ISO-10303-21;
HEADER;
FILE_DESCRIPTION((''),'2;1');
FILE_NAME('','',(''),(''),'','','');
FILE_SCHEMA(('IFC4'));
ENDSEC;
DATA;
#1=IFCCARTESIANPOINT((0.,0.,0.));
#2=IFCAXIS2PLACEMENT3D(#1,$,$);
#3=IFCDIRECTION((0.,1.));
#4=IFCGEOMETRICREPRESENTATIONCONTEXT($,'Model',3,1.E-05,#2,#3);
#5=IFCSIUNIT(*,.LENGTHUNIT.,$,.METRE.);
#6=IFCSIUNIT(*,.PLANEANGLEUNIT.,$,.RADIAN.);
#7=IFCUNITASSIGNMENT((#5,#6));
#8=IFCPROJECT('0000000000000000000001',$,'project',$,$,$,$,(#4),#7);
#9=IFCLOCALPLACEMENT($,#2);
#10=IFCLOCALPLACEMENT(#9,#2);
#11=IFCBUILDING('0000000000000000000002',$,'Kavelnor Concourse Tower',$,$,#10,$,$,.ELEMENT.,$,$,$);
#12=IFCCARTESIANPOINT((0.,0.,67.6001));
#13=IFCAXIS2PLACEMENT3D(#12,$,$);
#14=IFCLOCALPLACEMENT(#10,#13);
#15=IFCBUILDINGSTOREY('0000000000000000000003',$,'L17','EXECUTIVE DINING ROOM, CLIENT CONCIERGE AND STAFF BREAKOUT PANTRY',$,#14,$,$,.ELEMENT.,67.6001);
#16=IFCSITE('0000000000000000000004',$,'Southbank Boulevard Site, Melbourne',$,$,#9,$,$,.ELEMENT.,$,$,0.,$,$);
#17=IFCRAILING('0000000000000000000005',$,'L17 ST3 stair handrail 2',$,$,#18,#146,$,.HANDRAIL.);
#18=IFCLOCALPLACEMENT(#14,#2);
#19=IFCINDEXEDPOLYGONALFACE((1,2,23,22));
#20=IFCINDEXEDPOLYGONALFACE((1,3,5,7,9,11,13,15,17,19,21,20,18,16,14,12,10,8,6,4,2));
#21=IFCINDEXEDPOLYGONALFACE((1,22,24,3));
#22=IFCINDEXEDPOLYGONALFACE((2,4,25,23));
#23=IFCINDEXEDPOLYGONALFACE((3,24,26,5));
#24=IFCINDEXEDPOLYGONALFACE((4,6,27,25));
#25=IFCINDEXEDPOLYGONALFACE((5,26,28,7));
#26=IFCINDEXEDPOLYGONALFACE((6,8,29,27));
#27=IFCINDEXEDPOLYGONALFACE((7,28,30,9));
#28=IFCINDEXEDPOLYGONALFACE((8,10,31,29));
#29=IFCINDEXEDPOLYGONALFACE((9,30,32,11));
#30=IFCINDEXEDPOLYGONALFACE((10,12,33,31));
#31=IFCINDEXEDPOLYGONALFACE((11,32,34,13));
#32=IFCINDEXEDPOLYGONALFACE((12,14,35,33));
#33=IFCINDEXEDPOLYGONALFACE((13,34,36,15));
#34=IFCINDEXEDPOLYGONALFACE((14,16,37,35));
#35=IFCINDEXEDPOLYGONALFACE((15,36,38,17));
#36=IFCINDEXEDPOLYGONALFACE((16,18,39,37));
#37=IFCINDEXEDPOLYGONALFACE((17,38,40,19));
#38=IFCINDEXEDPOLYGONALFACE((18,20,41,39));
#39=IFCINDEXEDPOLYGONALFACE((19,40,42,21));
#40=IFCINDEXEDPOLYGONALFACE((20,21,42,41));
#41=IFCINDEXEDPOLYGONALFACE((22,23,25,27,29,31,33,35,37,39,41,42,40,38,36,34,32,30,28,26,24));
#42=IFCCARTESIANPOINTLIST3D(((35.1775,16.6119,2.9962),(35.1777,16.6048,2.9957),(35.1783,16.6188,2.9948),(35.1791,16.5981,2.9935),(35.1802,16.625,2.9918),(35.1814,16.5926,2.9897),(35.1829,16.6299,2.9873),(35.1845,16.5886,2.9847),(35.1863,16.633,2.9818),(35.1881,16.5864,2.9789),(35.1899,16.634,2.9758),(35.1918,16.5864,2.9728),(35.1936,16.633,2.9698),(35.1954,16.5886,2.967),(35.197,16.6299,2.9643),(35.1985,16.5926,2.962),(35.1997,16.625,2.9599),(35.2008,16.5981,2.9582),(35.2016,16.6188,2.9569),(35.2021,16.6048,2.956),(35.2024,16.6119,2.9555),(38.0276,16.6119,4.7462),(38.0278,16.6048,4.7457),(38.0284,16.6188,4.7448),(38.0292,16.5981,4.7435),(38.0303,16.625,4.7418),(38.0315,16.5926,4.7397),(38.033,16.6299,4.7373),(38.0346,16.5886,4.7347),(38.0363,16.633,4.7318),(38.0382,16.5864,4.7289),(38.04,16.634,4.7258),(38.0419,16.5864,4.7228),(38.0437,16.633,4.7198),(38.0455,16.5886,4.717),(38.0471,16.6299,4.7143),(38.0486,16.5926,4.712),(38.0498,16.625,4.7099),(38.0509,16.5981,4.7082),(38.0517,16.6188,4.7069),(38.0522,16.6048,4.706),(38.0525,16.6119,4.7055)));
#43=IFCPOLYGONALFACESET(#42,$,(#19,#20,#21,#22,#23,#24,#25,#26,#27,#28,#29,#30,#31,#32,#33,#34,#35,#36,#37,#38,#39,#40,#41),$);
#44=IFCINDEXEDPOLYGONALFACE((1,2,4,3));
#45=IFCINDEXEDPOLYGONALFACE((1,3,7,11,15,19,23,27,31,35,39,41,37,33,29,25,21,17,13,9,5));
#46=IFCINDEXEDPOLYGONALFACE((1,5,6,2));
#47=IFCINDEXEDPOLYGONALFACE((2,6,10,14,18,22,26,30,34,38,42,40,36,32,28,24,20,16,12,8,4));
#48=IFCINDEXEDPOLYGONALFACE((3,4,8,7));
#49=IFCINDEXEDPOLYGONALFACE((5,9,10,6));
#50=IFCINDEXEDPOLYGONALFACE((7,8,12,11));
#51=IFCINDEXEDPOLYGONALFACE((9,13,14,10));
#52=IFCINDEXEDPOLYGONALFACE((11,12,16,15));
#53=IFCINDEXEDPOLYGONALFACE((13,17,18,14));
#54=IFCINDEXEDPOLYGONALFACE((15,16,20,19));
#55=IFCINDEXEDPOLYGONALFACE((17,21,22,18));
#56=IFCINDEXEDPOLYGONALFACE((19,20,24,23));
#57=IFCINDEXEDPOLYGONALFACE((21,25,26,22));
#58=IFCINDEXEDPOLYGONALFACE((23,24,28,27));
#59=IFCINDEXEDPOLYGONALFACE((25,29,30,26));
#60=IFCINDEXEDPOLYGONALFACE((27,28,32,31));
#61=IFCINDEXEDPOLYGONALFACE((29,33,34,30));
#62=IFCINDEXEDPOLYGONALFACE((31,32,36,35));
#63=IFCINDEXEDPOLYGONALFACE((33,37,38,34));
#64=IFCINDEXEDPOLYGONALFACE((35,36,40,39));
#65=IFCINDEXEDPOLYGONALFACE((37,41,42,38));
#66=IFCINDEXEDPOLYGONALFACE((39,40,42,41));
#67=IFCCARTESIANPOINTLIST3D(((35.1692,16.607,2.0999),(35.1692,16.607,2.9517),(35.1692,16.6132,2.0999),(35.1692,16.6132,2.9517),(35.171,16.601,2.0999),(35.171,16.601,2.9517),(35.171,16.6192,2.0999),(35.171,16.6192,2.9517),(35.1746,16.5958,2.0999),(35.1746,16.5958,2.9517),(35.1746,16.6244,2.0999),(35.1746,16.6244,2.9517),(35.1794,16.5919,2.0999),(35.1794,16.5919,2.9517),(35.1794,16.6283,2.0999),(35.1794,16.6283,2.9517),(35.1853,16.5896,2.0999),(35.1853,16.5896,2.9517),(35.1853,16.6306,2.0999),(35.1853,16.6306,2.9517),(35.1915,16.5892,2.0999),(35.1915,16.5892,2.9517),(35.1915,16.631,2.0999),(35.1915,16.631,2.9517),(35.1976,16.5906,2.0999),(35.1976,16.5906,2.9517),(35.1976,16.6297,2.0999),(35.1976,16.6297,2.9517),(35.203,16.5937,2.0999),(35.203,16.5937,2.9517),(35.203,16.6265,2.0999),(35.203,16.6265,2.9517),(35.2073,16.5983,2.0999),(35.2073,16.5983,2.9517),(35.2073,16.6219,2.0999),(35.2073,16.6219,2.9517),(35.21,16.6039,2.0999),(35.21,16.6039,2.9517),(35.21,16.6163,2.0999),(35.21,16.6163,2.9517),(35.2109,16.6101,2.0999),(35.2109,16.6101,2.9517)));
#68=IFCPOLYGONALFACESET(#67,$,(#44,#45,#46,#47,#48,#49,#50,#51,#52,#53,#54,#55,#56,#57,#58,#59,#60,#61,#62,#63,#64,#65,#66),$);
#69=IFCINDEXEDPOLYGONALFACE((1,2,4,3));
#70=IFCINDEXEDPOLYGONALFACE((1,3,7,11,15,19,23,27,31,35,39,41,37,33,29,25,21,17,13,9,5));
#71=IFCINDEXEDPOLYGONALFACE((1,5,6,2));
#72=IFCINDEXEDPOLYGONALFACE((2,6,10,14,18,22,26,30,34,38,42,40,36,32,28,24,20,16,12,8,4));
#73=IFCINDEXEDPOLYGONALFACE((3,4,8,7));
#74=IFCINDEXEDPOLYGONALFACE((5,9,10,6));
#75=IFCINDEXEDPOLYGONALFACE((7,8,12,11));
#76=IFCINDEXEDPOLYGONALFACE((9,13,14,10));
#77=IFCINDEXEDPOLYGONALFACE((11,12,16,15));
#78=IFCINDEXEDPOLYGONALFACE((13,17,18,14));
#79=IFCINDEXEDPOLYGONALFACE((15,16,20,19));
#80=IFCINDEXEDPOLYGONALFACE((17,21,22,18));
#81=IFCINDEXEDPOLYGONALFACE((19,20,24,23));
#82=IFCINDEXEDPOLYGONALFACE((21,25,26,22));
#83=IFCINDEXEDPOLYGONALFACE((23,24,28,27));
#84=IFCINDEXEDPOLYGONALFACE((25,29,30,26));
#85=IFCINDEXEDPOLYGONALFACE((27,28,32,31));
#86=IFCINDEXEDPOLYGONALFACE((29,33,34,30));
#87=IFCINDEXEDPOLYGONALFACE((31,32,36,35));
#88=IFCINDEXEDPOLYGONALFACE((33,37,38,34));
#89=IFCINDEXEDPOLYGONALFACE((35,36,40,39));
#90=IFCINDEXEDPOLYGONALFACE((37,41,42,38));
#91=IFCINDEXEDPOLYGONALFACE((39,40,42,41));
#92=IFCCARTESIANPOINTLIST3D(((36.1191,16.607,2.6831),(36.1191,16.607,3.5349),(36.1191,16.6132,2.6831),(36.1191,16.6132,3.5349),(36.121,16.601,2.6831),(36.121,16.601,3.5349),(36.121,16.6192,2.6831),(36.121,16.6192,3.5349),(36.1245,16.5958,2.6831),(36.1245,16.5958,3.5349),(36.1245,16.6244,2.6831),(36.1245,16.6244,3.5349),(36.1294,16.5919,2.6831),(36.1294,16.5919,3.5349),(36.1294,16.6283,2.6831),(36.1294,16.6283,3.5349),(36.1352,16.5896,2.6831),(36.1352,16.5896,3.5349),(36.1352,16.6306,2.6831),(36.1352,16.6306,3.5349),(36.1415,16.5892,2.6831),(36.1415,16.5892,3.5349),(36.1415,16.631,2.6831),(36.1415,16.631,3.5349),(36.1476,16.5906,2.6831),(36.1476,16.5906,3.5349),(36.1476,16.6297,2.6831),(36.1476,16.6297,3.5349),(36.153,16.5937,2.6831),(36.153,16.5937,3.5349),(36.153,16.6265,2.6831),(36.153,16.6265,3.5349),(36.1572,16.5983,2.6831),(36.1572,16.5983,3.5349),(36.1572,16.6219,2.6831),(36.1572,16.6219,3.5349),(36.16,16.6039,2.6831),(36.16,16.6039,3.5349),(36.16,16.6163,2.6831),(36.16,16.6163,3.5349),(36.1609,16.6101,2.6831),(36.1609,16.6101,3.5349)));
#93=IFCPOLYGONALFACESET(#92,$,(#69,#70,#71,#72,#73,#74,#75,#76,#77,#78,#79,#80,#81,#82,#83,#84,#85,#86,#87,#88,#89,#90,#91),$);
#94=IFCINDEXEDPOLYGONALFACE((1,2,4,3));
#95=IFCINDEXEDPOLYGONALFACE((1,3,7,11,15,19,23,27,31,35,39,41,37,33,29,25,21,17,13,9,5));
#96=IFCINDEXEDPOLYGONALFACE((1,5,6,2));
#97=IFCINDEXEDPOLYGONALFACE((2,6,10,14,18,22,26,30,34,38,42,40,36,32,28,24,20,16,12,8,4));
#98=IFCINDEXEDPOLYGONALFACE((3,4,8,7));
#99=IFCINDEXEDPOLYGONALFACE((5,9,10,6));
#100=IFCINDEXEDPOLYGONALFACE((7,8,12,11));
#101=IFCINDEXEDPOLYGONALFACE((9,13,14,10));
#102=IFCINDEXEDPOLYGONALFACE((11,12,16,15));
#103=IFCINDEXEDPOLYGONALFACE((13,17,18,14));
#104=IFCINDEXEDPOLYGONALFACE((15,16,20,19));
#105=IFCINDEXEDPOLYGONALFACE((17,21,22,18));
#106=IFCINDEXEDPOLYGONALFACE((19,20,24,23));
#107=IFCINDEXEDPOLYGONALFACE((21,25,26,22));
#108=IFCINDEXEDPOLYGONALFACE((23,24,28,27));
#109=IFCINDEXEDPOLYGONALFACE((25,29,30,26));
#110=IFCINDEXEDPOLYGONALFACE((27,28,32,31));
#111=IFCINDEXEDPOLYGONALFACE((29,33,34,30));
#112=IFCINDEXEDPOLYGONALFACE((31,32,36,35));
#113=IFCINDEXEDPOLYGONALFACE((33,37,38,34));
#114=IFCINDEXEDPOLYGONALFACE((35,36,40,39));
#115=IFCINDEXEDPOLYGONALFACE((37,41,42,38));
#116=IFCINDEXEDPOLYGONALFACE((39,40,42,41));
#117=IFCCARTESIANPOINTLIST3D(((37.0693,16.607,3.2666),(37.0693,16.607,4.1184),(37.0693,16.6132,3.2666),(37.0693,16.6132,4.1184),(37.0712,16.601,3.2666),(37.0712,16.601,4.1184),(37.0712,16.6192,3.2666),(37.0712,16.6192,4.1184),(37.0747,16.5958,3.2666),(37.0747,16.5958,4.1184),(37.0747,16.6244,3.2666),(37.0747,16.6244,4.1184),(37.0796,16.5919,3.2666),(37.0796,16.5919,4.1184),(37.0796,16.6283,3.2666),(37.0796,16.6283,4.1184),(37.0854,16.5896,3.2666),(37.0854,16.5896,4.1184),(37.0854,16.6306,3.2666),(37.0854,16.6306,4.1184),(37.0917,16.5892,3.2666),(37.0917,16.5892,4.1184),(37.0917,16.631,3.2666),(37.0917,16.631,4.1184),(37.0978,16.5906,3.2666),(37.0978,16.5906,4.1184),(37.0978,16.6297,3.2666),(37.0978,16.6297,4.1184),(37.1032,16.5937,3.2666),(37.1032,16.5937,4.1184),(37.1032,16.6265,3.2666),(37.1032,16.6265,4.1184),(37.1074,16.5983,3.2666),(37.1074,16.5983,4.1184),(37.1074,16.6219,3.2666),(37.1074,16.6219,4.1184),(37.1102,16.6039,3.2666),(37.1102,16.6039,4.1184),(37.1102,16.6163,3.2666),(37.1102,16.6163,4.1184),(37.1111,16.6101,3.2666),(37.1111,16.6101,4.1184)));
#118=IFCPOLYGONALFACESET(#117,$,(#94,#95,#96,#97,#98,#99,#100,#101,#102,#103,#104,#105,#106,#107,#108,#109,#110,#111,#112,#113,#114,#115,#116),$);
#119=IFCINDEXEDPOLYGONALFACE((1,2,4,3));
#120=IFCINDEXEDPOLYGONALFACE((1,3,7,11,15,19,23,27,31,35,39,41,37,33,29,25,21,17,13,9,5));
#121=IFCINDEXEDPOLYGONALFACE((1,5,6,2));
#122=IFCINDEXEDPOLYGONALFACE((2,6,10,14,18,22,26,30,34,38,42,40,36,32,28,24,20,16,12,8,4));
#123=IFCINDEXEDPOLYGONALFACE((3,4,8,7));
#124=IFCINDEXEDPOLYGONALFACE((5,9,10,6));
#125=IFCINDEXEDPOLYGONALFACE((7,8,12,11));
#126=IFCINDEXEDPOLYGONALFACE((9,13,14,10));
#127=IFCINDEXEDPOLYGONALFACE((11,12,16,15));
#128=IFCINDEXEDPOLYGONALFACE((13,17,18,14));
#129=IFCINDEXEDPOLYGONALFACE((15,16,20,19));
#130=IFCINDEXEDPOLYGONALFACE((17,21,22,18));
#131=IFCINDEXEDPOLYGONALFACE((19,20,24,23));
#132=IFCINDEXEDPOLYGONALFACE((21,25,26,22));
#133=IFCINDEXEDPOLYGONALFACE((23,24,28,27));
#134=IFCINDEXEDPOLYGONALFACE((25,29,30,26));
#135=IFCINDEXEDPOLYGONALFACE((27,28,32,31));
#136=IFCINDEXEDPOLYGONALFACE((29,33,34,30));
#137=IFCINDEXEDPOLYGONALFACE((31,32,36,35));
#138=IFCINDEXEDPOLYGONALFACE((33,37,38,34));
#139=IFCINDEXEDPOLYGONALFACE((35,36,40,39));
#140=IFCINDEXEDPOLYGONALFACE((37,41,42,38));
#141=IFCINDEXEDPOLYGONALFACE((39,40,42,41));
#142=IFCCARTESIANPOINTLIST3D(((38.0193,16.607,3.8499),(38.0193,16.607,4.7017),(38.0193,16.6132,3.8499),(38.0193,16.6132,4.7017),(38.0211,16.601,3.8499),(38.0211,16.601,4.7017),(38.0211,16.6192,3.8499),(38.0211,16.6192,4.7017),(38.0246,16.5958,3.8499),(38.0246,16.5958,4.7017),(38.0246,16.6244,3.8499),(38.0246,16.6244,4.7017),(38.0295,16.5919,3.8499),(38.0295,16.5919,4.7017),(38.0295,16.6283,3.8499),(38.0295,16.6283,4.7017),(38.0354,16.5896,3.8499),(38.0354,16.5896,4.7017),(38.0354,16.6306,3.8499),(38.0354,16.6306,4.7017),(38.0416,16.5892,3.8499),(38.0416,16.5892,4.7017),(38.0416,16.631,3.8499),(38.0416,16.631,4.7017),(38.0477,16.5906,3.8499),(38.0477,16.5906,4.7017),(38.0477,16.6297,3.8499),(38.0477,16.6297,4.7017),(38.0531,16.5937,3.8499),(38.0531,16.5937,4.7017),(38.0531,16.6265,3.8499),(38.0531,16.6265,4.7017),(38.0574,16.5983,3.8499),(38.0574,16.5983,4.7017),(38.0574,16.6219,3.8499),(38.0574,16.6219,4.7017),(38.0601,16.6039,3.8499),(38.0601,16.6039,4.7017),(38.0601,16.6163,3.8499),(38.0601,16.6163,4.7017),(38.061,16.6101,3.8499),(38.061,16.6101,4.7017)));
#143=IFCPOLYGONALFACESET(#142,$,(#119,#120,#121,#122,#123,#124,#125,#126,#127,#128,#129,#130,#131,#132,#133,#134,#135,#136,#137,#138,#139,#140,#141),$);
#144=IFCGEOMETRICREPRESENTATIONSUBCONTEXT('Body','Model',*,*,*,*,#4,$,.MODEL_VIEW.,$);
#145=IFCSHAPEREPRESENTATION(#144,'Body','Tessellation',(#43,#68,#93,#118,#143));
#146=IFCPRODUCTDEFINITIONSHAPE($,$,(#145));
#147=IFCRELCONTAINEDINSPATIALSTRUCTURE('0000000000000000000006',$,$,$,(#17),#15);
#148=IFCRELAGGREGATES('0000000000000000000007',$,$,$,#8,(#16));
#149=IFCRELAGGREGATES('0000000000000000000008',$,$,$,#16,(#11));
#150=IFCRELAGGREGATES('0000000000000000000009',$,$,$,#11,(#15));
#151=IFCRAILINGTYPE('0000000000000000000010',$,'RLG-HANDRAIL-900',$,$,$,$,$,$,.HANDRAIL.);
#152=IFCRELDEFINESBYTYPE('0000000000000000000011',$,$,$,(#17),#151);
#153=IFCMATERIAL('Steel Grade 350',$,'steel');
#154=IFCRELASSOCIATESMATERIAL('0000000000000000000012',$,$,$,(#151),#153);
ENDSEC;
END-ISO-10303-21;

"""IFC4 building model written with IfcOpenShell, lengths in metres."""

from ifc_helpers import new_model, si_unit, direction, frame, origin, origin_2d, place, context, subcontext, project, spatial, circle, extrude, material, type_object, element, save


model = new_model("IFC4")

# Units and contexts
model_context = context("Model", 3, precision=1e-05, world=origin(), true_north=direction((0.0, 1.0)))
body_context = subcontext(model_context, "Body", "Model", "MODEL_VIEW")
ifc_project = project(units=[si_unit("LENGTHUNIT", "METRE"), si_unit("PLANEANGLEUNIT", "RADIAN")], contexts=[model_context])

# Site, building, storey
site_placement = place(None, origin())
site = spatial("IfcSite", under=ifc_project, at=site_placement, Name="Southbank Boulevard Site, Melbourne", CompositionType="ELEMENT", RefElevation=0.0)
building_placement = place(site_placement, origin())
building = spatial("IfcBuilding", under=site, at=building_placement, Name="Kavelnor Concourse Tower", CompositionType="ELEMENT")
storey_placement = place(building_placement, frame((0.0, 0.0, 67.6001)))
storey = spatial("IfcBuildingStorey", under=building, at=storey_placement, Name="L17", Description="EXECUTIVE DINING ROOM, CLIENT CONCIERGE AND STAFF BREAKOUT PANTRY", CompositionType="ELEMENT", Elevation=67.6001)

# Shared definitions
ifc_material_1 = material(Name="Steel Grade 350", Category="steel")

# Railing
railing_type_1 = type_object("IfcRailingType", Name="RLG-HANDRAIL-900", PredefinedType="HANDRAIL", material=ifc_material_1)
railing_1_placement = place(storey_placement, frame((35.1899, 16.6101, 2.0999)))
element("IfcRailing", 1, at=railing_1_placement, inside=storey, type_object=railing_type_1, Name="L17 ST3 stair handrail 2", PredefinedType="HANDRAIL", context=body_context, shape_type="SweptSolid", body=[
    extrude(circle(Radius=0.0239, at=origin_2d()), frame((0.0, 0.0, 0.876), z_axis=(0.852179, 0.0, 0.52325), x_axis=(0.0, 1.0, 0.0)), (0.0, 0.0, 1.0), 3.3445),
    extrude(circle(Radius=0.021, at=origin_2d()), origin(), (0.0, 0.0, 1.0), 0.8518),
    extrude(circle(Radius=0.021, at=origin_2d()), frame((0.95, 0.0, 0.5833)), (0.0, 0.0, 1.0), 0.8518),
    extrude(circle(Radius=0.021, at=origin_2d()), frame((1.9001, 0.0, 1.1667)), (0.0, 0.0, 1.0), 0.8518),
    extrude(circle(Radius=0.021, at=origin_2d()), frame((2.8501, 0.0, 1.75)), (0.0, 0.0, 1.0), 0.8518),
])

save(model, "model.ifc")
